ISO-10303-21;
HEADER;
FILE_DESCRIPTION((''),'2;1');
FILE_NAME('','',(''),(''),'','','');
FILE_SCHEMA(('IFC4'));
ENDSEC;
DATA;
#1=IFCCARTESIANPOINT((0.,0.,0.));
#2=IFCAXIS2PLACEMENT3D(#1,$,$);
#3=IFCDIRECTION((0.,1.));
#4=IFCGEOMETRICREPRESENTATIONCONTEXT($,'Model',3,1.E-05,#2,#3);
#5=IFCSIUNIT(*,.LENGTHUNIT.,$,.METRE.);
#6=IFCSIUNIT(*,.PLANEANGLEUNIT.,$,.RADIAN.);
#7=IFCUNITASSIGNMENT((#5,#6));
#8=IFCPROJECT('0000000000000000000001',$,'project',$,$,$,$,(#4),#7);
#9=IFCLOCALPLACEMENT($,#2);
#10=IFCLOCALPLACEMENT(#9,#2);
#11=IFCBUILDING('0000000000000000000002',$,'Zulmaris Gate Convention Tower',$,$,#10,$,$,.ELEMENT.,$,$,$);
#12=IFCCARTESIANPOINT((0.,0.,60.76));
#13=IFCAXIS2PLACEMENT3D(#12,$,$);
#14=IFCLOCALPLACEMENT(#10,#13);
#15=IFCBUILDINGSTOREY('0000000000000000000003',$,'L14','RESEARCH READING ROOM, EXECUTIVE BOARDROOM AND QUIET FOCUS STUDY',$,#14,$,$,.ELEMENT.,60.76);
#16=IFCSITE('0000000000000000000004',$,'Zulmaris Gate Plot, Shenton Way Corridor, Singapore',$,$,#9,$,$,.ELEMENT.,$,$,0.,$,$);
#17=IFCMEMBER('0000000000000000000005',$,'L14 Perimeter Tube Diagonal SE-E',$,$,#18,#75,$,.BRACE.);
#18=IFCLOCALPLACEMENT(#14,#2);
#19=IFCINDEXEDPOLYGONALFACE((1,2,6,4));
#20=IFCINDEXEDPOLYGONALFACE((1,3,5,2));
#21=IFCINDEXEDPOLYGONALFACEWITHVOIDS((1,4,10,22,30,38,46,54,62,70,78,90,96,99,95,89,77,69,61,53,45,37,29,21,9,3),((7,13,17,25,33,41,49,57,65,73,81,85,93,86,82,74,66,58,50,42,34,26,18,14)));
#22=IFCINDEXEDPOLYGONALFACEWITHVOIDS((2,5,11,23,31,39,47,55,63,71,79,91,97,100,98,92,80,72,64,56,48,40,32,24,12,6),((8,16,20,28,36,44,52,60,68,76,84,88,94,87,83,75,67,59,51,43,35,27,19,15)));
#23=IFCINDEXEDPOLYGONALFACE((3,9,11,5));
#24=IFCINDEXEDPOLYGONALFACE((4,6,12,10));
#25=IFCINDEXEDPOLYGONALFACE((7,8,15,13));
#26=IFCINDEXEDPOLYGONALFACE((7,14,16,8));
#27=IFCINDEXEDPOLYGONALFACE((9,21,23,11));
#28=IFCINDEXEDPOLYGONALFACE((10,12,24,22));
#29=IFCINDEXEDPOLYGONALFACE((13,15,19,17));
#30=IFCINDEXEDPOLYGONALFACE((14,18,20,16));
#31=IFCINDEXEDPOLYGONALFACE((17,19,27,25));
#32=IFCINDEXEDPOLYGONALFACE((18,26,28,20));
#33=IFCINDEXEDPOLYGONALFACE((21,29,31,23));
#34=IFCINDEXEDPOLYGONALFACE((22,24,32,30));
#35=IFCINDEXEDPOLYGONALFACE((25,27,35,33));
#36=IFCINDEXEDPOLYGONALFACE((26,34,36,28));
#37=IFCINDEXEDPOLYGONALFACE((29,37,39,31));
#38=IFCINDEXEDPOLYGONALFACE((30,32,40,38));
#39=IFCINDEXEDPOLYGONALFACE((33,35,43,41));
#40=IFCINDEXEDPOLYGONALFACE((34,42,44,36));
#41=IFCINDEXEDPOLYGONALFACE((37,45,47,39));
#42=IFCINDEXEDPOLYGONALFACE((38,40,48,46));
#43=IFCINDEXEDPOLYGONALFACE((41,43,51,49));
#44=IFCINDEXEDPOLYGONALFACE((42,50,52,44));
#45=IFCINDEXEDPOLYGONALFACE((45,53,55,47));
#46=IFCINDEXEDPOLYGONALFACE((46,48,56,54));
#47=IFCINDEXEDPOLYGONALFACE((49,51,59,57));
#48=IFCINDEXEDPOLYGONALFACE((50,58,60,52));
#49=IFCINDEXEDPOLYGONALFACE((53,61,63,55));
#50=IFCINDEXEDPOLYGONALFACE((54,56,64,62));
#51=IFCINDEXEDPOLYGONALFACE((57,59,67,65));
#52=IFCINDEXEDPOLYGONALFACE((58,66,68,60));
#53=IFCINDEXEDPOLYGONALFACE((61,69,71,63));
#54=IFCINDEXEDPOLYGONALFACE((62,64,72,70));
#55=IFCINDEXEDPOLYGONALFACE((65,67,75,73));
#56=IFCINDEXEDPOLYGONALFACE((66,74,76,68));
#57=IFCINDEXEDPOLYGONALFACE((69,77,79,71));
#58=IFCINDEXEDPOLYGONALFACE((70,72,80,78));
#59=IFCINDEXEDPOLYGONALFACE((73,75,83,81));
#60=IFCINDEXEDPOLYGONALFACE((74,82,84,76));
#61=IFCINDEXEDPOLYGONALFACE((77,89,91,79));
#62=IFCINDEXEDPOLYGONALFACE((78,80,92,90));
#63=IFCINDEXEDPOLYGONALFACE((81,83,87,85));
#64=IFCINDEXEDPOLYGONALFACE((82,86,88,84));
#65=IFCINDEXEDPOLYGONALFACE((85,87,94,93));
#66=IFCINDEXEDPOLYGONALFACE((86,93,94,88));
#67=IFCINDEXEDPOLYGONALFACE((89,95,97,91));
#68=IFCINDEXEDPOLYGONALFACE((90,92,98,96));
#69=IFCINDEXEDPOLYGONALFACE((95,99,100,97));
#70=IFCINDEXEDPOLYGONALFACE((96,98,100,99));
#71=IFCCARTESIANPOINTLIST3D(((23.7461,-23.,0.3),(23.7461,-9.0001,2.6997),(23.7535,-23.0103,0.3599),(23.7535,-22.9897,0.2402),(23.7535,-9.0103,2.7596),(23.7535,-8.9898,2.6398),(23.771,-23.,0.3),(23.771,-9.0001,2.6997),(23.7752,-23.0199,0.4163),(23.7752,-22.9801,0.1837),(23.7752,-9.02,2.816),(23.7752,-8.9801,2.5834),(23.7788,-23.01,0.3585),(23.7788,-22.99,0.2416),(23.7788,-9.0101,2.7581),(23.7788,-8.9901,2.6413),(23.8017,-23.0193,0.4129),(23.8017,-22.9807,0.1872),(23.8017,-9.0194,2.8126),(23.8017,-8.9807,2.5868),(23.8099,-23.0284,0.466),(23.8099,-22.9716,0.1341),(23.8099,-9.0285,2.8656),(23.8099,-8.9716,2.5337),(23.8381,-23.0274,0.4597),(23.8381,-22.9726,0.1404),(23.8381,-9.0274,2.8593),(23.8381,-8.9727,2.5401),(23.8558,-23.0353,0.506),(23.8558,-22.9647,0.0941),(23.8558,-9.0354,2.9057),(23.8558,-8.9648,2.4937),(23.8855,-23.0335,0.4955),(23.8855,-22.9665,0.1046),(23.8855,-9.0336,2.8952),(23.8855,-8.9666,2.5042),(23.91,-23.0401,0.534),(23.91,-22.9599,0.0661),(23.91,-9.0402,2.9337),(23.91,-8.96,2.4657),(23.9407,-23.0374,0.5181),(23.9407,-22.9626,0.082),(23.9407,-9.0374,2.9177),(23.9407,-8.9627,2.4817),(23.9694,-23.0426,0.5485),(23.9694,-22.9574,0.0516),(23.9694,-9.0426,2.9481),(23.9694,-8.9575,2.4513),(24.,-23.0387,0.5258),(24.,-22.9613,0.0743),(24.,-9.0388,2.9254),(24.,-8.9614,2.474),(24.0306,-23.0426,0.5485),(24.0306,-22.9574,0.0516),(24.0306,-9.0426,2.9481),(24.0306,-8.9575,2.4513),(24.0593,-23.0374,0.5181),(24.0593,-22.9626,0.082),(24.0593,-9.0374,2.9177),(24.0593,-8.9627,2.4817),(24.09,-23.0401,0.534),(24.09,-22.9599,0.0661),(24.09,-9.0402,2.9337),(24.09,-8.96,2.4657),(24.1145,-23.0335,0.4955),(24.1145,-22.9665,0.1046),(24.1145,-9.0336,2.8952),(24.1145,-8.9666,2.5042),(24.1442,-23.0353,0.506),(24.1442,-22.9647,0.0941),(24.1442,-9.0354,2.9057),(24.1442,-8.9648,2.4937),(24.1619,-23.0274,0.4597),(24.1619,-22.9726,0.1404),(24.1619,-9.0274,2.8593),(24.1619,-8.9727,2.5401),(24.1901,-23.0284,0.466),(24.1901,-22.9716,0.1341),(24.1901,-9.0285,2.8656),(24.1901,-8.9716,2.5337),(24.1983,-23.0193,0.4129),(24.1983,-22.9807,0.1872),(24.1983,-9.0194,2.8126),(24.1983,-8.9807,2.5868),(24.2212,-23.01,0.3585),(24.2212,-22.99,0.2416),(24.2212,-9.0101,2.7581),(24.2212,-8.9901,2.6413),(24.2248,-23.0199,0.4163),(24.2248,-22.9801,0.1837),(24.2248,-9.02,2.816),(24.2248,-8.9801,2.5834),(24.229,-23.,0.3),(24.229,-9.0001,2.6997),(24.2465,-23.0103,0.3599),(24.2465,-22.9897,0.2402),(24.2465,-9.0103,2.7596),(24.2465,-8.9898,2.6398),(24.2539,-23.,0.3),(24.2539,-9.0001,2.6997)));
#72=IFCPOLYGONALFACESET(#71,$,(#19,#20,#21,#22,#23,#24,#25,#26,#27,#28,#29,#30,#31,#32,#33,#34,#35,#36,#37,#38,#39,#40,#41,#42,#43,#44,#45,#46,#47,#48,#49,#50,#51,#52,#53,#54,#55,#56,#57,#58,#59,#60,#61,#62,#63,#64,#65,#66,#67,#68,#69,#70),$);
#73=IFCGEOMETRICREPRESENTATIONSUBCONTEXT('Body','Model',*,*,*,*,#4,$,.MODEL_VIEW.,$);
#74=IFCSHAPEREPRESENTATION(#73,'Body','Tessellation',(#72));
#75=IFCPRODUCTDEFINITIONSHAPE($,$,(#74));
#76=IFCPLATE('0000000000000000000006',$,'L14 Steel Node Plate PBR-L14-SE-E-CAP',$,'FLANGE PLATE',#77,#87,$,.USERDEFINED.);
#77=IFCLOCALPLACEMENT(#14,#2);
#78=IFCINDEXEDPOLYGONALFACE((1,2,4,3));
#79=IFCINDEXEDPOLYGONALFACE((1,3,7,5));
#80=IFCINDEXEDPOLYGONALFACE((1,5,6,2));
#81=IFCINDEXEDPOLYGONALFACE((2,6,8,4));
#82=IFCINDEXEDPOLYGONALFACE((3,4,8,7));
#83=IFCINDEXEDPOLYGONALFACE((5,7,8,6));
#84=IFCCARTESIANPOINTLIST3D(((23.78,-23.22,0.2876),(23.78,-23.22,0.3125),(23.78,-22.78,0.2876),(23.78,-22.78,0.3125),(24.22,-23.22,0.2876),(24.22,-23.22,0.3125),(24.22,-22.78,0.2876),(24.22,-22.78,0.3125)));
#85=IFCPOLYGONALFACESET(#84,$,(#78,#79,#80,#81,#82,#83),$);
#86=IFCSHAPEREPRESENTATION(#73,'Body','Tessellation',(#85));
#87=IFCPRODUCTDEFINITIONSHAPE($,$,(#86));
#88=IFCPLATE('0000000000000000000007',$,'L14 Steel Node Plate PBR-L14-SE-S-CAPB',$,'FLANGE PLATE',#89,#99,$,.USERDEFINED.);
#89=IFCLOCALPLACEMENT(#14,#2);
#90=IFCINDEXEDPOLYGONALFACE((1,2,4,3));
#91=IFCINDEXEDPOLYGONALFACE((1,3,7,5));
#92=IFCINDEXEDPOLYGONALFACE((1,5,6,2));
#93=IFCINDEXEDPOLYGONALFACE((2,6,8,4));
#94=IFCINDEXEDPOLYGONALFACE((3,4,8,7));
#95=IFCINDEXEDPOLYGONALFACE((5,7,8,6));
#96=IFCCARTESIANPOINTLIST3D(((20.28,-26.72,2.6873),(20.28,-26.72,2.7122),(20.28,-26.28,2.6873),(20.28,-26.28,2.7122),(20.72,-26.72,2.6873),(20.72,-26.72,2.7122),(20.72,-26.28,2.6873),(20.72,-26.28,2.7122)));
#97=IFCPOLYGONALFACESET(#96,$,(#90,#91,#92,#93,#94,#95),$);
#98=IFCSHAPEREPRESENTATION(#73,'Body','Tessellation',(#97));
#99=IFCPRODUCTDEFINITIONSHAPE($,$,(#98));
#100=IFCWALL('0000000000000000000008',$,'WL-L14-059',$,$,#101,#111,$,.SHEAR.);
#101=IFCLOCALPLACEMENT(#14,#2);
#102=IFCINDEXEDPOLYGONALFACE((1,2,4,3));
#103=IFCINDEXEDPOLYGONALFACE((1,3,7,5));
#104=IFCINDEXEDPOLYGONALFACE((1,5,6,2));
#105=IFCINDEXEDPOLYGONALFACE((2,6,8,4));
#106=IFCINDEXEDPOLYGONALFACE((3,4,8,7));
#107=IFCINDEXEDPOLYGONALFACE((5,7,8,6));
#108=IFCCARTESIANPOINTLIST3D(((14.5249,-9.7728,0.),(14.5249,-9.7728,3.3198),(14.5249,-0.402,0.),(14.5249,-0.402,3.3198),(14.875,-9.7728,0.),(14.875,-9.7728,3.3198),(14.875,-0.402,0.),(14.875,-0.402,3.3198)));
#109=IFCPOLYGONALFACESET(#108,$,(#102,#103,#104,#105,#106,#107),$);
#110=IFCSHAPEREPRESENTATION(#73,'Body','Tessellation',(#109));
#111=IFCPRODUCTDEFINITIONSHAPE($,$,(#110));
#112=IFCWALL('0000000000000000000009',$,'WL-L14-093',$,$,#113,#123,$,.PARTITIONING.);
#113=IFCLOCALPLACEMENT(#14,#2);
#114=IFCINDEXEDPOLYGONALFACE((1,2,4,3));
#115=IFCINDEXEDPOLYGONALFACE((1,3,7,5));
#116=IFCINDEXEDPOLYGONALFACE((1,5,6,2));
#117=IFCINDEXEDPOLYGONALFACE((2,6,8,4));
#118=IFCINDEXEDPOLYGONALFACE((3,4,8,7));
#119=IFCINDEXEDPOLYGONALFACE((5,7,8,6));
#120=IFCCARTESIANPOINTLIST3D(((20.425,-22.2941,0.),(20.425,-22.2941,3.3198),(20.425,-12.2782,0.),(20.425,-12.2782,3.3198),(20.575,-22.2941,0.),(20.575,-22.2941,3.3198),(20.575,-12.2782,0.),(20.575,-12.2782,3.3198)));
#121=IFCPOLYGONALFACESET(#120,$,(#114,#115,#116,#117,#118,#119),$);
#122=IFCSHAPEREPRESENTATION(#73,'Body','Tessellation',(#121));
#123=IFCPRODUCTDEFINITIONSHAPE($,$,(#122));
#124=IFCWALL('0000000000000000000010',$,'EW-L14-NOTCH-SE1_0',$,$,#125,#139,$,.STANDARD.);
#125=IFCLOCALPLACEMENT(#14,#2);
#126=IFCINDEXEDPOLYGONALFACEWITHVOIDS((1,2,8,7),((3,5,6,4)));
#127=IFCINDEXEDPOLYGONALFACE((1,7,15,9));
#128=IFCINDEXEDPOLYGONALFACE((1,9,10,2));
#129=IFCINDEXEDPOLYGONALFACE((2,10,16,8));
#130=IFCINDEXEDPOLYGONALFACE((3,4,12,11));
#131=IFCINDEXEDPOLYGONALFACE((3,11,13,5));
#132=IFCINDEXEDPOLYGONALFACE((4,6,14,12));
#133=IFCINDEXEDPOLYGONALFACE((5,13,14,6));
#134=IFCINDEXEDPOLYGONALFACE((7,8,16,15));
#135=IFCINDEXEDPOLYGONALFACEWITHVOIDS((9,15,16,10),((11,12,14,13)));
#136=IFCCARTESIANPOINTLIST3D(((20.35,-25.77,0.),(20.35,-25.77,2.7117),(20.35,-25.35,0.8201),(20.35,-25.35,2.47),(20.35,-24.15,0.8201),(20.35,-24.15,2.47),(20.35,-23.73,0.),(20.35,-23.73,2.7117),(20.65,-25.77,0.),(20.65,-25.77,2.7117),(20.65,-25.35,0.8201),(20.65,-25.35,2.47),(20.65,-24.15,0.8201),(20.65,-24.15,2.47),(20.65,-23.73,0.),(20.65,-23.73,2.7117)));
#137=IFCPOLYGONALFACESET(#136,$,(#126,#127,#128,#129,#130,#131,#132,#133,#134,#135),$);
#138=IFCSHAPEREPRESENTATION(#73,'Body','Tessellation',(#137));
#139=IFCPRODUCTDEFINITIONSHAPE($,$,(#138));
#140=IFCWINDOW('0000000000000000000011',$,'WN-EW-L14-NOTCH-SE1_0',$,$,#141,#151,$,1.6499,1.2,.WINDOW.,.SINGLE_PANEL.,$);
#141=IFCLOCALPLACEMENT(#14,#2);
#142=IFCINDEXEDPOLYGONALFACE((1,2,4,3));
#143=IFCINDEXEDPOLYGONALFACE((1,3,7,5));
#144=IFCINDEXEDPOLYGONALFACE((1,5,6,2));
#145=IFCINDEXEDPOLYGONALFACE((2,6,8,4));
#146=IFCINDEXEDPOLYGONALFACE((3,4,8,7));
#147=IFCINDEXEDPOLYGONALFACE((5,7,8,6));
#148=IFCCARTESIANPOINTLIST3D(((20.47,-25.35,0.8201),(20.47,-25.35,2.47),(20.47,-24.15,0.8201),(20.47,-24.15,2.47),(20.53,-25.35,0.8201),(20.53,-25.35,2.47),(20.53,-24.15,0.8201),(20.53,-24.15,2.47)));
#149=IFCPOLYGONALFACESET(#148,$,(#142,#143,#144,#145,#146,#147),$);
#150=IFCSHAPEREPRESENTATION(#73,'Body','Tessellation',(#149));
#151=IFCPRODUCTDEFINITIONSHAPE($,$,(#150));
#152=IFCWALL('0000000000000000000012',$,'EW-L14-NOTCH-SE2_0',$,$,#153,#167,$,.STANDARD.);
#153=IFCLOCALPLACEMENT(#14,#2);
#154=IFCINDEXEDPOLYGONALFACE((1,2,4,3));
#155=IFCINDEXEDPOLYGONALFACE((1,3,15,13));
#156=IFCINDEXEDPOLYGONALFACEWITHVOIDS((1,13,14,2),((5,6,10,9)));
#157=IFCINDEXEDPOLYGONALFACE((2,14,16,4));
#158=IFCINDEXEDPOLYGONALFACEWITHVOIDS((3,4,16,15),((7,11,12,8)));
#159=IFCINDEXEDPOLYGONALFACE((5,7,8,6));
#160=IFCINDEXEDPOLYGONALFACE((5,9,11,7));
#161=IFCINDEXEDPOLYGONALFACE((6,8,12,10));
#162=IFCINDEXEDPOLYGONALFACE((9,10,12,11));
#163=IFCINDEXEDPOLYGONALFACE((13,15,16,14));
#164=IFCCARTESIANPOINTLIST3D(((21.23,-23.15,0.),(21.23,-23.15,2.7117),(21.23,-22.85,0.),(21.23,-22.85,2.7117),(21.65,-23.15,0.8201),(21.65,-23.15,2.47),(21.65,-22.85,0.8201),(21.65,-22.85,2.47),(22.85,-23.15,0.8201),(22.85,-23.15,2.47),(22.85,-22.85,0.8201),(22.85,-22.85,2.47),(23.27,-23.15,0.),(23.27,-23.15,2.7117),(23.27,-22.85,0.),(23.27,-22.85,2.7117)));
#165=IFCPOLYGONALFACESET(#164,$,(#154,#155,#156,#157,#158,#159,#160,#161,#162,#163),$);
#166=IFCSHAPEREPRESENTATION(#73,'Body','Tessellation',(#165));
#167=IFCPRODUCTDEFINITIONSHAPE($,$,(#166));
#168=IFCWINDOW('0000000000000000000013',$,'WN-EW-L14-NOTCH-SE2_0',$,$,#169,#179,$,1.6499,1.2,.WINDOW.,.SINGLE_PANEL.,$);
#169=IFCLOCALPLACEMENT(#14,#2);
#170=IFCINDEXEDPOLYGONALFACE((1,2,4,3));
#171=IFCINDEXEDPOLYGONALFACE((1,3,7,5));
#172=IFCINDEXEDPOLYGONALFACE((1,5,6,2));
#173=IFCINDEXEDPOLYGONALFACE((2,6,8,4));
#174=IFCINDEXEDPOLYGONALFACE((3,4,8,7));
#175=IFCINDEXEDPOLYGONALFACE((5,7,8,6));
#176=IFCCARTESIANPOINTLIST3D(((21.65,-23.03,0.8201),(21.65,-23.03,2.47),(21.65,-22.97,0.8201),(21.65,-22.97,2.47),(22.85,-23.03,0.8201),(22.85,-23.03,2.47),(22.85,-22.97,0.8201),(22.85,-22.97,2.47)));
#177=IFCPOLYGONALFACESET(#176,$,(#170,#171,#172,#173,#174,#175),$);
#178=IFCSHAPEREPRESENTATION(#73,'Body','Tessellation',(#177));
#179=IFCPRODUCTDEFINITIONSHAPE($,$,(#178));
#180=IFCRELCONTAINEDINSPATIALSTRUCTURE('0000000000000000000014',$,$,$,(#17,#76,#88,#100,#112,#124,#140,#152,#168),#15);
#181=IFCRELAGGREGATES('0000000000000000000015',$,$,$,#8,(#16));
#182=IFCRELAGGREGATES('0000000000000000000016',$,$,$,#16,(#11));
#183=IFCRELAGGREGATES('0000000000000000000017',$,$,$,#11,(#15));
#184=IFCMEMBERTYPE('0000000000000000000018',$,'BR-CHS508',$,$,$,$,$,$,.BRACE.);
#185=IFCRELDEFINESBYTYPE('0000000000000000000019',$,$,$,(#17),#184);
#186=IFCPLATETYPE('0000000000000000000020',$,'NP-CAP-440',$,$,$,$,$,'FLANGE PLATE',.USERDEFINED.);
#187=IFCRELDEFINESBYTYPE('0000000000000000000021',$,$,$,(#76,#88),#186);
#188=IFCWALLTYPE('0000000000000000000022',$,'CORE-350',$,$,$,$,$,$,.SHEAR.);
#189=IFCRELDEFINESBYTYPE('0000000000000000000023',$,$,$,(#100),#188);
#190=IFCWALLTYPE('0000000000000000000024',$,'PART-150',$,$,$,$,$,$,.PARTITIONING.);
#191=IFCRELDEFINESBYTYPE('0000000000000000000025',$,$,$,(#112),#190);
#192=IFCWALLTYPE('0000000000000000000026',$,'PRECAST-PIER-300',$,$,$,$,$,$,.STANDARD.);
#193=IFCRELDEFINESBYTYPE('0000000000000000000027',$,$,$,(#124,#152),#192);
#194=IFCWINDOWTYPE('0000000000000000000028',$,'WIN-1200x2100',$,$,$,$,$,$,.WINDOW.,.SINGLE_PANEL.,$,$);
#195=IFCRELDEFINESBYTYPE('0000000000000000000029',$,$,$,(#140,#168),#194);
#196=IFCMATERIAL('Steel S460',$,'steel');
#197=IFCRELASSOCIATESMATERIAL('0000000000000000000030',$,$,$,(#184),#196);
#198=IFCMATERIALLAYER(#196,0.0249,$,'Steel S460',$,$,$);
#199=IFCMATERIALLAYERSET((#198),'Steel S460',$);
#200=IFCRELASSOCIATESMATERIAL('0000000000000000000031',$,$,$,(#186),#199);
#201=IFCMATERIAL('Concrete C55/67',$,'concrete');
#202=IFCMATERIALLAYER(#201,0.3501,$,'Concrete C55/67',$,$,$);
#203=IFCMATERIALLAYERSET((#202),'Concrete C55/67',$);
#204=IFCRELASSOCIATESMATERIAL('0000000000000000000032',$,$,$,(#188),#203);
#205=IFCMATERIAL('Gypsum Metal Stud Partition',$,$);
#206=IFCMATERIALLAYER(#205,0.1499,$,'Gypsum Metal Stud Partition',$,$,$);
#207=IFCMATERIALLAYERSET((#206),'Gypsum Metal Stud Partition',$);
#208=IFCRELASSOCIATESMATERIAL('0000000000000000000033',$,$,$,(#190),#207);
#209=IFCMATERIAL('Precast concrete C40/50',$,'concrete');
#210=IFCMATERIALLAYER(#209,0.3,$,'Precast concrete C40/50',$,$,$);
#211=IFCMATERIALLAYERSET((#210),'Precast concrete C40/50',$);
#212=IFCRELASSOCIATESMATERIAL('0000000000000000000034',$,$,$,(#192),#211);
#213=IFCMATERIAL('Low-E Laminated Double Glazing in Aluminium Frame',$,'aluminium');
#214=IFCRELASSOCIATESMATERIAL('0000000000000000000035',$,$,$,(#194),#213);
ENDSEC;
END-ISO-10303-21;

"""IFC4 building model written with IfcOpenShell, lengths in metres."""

from ifc_helpers import new_model, si_unit, direction, frame, frame_2d, origin, origin_2d, place, context, subcontext, project, spatial, rectangle, hollow_circle, extrude, material, layer, layer_set, material_profile, profile_set, type_object, element, fill, save


model = new_model("IFC4")

# Units and contexts
model_context = context("Model", 3, precision=1e-05, world=origin(), true_north=direction((0.0, 1.0)))
body_context = subcontext(model_context, "Body", "Model", "MODEL_VIEW")
ifc_project = project(units=[si_unit("LENGTHUNIT", "METRE"), si_unit("PLANEANGLEUNIT", "RADIAN")], contexts=[model_context])

# Site, building, storey
site_placement = place(None, origin())
site = spatial("IfcSite", under=ifc_project, at=site_placement, Name="Zulmaris Gate Plot, Shenton Way Corridor, Singapore", CompositionType="ELEMENT", RefElevation=0.0)
building_placement = place(site_placement, origin())
building = spatial("IfcBuilding", under=site, at=building_placement, Name="Zulmaris Gate Convention Tower", CompositionType="ELEMENT")
storey_placement = place(building_placement, frame((0.0, 0.0, 60.76)))
storey = spatial("IfcBuildingStorey", under=building, at=storey_placement, Name="L14", Description="RESEARCH READING ROOM, EXECUTIVE BOARDROOM AND QUIET FOCUS STUDY", CompositionType="ELEMENT", Elevation=60.76)

# Member
ifc_material_1 = material(Name="Steel S460", Category="steel")
ifc_material_profile_1 = material_profile(ifc_material_1, hollow_circle(Radius=0.2539, WallThickness=0.0249, at=origin_2d()), Name="CHS 508x25")
ifc_profile_set_1 = profile_set([ifc_material_profile_1], Name="Steel S460")
member_type = type_object("IfcMemberType", Name="BR-CHS508", PredefinedType="BRACE", material=ifc_profile_set_1)
member_placement = place(storey_placement, frame((24.0, -23.0, 0.3), z_axis=(0.0, 0.985626, 0.16894), x_axis=(-1.0, 0.0, 0.0)))
element("IfcMember", 1, at=member_placement, inside=storey, type_object=member_type, Name="L14 Perimeter Tube Diagonal SE-E", PredefinedType="BRACE", context=body_context, shape_type="SweptSolid", body=[
    extrude(hollow_circle(Radius=0.2539, WallThickness=0.0249, at=origin_2d()), origin(), (0.0, 0.0, 1.0), 14.2041),
])

# Plates
ifc_layer_1 = layer(ifc_material_1, 0.0249, Name="Steel S460")
ifc_layer_set_1 = layer_set([ifc_layer_1], Name="Steel S460")
plate_type = type_object("IfcPlateType", Name="NP-CAP-440", ElementType="FLANGE PLATE", PredefinedType="USERDEFINED", material=ifc_layer_set_1)
for number, where, z_axis, x_axis, name in (
    (2, (24.0, -23.0, 0.2876), (0.0, 0.0, 1.0), (1.0, 0.0, 0.0), "L14 Steel Node Plate PBR-L14-SE-E-CAP"),
    (3, (20.5, -26.5, 2.6873), (0.0, 0.0, 1.0), (1.0, 0.0, 0.0), "L14 Steel Node Plate PBR-L14-SE-S-CAPB"),
):
    element("IfcPlate", number, at=place(storey_placement, frame(where, z_axis=z_axis, x_axis=x_axis)), inside=storey, type_object=plate_type, Name=name, ObjectType="FLANGE PLATE", PredefinedType="USERDEFINED", context=body_context, shape_type="SweptSolid", body=[
        extrude(rectangle(XDim=0.4399, YDim=0.4399, at=origin_2d()), origin(), (0.0, 0.0, 1.0), 0.0249),
    ])

# Wall
ifc_material_2 = material(Name="Concrete C55/67", Category="concrete")
ifc_layer_2 = layer(ifc_material_2, 0.3501, Name="Concrete C55/67")
ifc_layer_set_2 = layer_set([ifc_layer_2], Name="Concrete C55/67")
wall_type_1 = type_object("IfcWallType", Name="CORE-350", PredefinedType="SHEAR", material=ifc_layer_set_2)
wall_1_placement = place(storey_placement, frame((14.7, -9.7729, 0.0), z_axis=(0.0, 0.0, 1.0), x_axis=(0.0, 1.0, 0.0)))
element("IfcWall", 4, at=wall_1_placement, inside=storey, type_object=wall_type_1, Name="WL-L14-059", PredefinedType="SHEAR", context=body_context, shape_type="SweptSolid", body=[
    extrude(rectangle(XDim=9.3708, YDim=0.3501, at=frame_2d((4.6855, 0.0))), origin(), (0.0, 0.0, 1.0), 3.3198),
])

# Shared definitions
ifc_material_3 = material(Name="Gypsum Metal Stud Partition")
ifc_layer_3 = layer(ifc_material_3, 0.1499, Name="Gypsum Metal Stud Partition")
ifc_layer_set_3 = layer_set([ifc_layer_3], Name="Gypsum Metal Stud Partition")
wall_type_2 = type_object("IfcWallType", Name="PART-150", PredefinedType="PARTITIONING", material=ifc_layer_set_3)

# Wall
wall_2_placement = place(storey_placement, frame((20.5, -22.2939, 0.0), z_axis=(0.0, 0.0, 1.0), x_axis=(0.0, 1.0, 0.0)))
element("IfcWall", 5, at=wall_2_placement, inside=storey, type_object=wall_type_2, Name="WL-L14-093", PredefinedType="PARTITIONING", context=body_context, shape_type="SweptSolid", body=[
    extrude(rectangle(XDim=10.0159, YDim=0.1499, at=frame_2d((5.0078, 0.0))), origin(), (0.0, 0.0, 1.0), 3.3198),
])

# Walls, openings, windows
ifc_material_4 = material(Name="Precast concrete C40/50", Category="concrete")
ifc_layer_4 = layer(ifc_material_4, 0.3, Name="Precast concrete C40/50")
ifc_layer_set_4 = layer_set([ifc_layer_4], Name="Precast concrete C40/50")
wall_type_3 = type_object("IfcWallType", Name="PRECAST-PIER-300", PredefinedType="STANDARD", material=ifc_layer_set_4)
wall_3_placement = place(storey_placement, frame((20.5, -25.77, 0.0), z_axis=(0.0, 0.0, 1.0), x_axis=(0.0, 1.0, 0.0)))
wall_3 = element("IfcWall", 6, at=wall_3_placement, inside=storey, type_object=wall_type_3, Name="EW-L14-NOTCH-SE1_0", PredefinedType="STANDARD", context=body_context, shape_type="SweptSolid", body=[
    extrude(rectangle(XDim=2.04, YDim=0.3, at=frame_2d((1.02, 0.0))), origin(), (0.0, 0.0, 1.0), 2.7117),
])
opening_1_placement = place(wall_3_placement, frame((0.4199, 0.0, 0.8201)))
opening_1 = element("IfcOpeningElement", 7, at=opening_1_placement, cuts=wall_3, PredefinedType="OPENING", context=body_context, shape_type="SweptSolid", body=[
    extrude(rectangle(XDim=1.2, YDim=1.6499, at=frame_2d((0.6001, 0.825))), frame((0.0, 0.1602, 0.0), z_axis=(0.0, -1.0, 0.0), x_axis=(1.0, 0.0, 0.0)), (0.0, 0.0, 1.0), 0.3201),
])
ifc_material_5 = material(Name="Low-E Laminated Double Glazing in Aluminium Frame", Category="aluminium")
window_type = type_object("IfcWindowType", Name="WIN-1200x2100", PartitioningType="SINGLE_PANEL", PredefinedType="WINDOW", material=ifc_material_5)
window_1_placement = place(opening_1_placement, origin())
window_1 = element("IfcWindow", 8, at=window_1_placement, inside=storey, type_object=window_type, Name="WN-EW-L14-NOTCH-SE1_0", OverallHeight=1.6499, OverallWidth=1.2, PartitioningType="SINGLE_PANEL", PredefinedType="WINDOW", context=body_context, shape_type="SweptSolid", body=[
    extrude(rectangle(XDim=1.2, YDim=1.6499, at=frame_2d((0.6001, 0.825))), frame((0.0, 0.03, 0.0), z_axis=(0.0, -1.0, 0.0), x_axis=(1.0, 0.0, 0.0)), (0.0, 0.0, 1.0), 0.0601),
])
fill(opening_1, window_1)
wall_4_placement = place(storey_placement, frame((21.23, -23.0, 0.0), z_axis=(0.0, 0.0, 1.0), x_axis=(1.0, 0.0, 0.0)))
wall_4 = element("IfcWall", 9, at=wall_4_placement, inside=storey, type_object=wall_type_3, Name="EW-L14-NOTCH-SE2_0", PredefinedType="STANDARD", context=body_context, shape_type="SweptSolid", body=[
    extrude(rectangle(XDim=2.04, YDim=0.3, at=frame_2d((1.02, 0.0))), origin(), (0.0, 0.0, 1.0), 2.7117),
])
opening_2_placement = place(wall_4_placement, frame((0.4199, 0.0, 0.8201)))
opening_2 = element("IfcOpeningElement", 10, at=opening_2_placement, cuts=wall_4, PredefinedType="OPENING", context=body_context, shape_type="SweptSolid", body=[
    extrude(rectangle(XDim=1.2, YDim=1.6499, at=frame_2d((0.6001, 0.825))), frame((0.0, 0.1602, 0.0), z_axis=(0.0, -1.0, 0.0), x_axis=(1.0, 0.0, 0.0)), (0.0, 0.0, 1.0), 0.3201),
])
window_2_placement = place(opening_2_placement, origin())
window_2 = element("IfcWindow", 11, at=window_2_placement, inside=storey, type_object=window_type, Name="WN-EW-L14-NOTCH-SE2_0", OverallHeight=1.6499, OverallWidth=1.2, PartitioningType="SINGLE_PANEL", PredefinedType="WINDOW", context=body_context, shape_type="SweptSolid", body=[
    extrude(rectangle(XDim=1.2, YDim=1.6499, at=frame_2d((0.6001, 0.825))), frame((0.0, 0.03, 0.0), z_axis=(0.0, -1.0, 0.0), x_axis=(1.0, 0.0, 0.0)), (0.0, 0.0, 1.0), 0.0601),
])
fill(opening_2, window_2)

save(model, "model.ifc")
